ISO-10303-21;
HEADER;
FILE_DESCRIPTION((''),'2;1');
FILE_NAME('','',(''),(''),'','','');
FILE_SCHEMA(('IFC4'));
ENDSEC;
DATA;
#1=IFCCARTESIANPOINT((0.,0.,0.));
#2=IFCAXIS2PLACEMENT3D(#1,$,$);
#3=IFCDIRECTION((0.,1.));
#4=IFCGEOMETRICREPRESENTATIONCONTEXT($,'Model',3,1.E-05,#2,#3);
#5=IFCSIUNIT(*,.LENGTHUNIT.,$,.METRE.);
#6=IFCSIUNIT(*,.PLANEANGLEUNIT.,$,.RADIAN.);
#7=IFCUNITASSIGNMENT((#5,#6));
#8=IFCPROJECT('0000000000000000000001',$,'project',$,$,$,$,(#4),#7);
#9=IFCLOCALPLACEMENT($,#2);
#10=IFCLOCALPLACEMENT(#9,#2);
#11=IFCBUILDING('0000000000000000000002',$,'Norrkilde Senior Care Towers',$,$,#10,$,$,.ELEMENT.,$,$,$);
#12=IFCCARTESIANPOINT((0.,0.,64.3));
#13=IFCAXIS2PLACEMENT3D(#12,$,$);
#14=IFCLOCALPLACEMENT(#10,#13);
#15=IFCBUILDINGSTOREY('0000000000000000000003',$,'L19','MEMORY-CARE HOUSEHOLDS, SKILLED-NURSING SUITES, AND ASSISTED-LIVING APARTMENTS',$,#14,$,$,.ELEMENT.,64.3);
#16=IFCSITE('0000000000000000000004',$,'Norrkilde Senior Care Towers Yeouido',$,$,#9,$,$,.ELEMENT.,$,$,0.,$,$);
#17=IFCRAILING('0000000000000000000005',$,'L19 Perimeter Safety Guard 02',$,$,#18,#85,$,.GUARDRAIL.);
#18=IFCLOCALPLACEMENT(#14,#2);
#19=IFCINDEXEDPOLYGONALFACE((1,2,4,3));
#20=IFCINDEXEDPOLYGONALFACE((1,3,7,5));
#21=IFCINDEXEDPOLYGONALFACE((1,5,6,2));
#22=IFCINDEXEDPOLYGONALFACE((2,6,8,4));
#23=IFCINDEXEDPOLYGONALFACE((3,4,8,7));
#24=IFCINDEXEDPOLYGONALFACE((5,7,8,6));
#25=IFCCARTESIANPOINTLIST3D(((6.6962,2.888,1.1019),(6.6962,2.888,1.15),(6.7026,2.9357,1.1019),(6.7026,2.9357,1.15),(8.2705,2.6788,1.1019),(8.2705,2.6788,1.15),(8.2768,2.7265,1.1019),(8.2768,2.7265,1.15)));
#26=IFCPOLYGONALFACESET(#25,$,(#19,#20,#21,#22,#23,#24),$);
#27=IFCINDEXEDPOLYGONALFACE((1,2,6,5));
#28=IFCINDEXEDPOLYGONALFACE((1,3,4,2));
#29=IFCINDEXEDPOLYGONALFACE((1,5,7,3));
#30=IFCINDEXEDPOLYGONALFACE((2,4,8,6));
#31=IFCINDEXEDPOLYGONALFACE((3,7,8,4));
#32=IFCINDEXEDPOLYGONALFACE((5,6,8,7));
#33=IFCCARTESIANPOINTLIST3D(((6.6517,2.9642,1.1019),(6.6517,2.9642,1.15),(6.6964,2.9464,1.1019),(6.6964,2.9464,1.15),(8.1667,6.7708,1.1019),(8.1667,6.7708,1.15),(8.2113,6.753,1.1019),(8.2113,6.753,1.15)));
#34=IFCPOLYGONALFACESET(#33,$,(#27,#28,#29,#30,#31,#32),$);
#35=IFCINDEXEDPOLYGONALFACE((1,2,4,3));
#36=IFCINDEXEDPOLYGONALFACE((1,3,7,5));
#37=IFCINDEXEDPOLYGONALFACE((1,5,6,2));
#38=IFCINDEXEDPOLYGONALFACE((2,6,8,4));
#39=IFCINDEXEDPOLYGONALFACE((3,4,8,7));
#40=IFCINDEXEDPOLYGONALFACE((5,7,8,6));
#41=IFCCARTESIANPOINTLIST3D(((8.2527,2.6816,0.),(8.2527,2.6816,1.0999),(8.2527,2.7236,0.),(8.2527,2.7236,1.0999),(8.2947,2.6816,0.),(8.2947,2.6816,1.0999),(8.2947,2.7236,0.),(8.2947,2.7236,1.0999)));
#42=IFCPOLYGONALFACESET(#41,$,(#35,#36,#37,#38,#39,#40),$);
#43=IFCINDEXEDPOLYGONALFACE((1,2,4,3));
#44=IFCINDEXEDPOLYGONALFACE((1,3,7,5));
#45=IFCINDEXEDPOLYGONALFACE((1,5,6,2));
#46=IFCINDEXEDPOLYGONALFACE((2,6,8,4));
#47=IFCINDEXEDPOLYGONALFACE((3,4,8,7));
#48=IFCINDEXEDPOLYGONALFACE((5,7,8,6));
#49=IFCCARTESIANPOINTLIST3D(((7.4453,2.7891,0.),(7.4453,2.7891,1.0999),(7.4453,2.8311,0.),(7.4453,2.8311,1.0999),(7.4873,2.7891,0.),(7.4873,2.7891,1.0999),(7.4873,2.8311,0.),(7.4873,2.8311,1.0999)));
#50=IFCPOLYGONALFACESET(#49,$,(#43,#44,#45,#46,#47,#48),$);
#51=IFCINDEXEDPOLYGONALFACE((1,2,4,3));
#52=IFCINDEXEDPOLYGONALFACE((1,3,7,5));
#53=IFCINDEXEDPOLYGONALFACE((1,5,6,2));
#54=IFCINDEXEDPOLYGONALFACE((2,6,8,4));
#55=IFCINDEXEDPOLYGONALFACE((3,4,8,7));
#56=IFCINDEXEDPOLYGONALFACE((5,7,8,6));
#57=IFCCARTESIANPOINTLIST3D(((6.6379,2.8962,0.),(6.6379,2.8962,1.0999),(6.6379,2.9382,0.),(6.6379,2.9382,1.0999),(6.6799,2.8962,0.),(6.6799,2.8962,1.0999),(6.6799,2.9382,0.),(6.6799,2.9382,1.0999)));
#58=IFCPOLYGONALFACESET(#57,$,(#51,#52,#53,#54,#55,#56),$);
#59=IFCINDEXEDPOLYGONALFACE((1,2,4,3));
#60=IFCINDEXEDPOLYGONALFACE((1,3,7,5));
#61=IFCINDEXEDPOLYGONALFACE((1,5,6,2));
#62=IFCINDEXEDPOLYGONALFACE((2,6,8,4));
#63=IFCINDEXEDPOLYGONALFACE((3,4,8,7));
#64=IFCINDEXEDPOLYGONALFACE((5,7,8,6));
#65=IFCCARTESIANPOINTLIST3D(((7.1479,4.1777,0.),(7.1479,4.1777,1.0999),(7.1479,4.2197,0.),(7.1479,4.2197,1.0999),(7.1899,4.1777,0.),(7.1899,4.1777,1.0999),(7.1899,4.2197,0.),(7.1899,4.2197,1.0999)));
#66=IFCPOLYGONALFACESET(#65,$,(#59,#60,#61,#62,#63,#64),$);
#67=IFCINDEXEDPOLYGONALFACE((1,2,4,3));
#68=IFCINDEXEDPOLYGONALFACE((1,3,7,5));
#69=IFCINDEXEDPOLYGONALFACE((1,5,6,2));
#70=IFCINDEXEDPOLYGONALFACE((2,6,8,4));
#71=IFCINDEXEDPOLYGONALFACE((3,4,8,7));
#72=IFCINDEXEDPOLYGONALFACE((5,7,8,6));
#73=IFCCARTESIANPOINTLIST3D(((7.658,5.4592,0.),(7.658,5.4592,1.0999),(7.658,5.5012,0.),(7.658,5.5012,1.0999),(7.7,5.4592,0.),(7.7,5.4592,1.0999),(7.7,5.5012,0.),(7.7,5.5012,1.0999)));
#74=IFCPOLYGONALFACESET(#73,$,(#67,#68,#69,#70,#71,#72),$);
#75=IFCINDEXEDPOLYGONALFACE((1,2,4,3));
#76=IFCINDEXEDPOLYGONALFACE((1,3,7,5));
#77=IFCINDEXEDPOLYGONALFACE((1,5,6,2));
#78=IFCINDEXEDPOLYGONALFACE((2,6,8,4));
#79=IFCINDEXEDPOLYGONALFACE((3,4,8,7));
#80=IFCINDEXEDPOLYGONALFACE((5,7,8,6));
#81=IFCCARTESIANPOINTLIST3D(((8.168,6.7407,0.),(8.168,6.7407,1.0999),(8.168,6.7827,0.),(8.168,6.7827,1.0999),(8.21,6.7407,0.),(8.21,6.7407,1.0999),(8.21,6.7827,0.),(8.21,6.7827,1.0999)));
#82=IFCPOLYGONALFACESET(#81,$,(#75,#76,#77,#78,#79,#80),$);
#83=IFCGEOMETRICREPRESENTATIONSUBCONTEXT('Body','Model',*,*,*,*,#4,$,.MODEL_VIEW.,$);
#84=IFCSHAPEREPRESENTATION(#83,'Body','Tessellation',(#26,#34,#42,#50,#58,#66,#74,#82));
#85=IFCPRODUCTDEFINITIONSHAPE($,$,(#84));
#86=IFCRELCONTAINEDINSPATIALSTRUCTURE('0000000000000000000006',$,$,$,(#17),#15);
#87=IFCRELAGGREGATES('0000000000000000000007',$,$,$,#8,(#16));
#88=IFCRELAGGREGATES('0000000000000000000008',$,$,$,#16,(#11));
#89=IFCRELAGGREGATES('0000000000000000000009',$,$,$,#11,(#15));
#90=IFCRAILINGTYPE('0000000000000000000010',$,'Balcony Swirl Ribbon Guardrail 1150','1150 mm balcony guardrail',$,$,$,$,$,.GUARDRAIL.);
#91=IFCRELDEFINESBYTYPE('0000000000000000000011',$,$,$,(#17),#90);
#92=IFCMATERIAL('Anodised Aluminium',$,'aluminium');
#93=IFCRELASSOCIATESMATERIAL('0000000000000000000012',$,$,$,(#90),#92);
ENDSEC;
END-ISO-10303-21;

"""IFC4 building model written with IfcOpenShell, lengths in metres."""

from ifc_helpers import new_model, si_unit, direction, frame, origin, origin_2d, place, context, subcontext, project, spatial, rectangle, extrude, material, type_object, element, save


model = new_model("IFC4")

# Units and contexts
model_context = context("Model", 3, precision=1e-05, world=origin(), true_north=direction((0.0, 1.0)))
body_context = subcontext(model_context, "Body", "Model", "MODEL_VIEW")
ifc_project = project(units=[si_unit("LENGTHUNIT", "METRE"), si_unit("PLANEANGLEUNIT", "RADIAN")], contexts=[model_context])

# Site, building, storey
site_placement = place(None, origin())
site = spatial("IfcSite", under=ifc_project, at=site_placement, Name="Norrkilde Senior Care Towers Yeouido", CompositionType="ELEMENT", RefElevation=0.0)
building_placement = place(site_placement, origin())
building = spatial("IfcBuilding", under=site, at=building_placement, Name="Norrkilde Senior Care Towers", CompositionType="ELEMENT")
storey_placement = place(building_placement, frame((0.0, 0.0, 64.3)))
storey = spatial("IfcBuildingStorey", under=building, at=storey_placement, Name="L19", Description="MEMORY-CARE HOUSEHOLDS, SKILLED-NURSING SUITES, AND ASSISTED-LIVING APARTMENTS", CompositionType="ELEMENT", Elevation=64.3)

# Shared definitions
ifc_material_1 = material(Name="Anodised Aluminium", Category="aluminium")

# Railing
railing_type = type_object("IfcRailingType", Name="Balcony Swirl Ribbon Guardrail 1150", Description="1150 mm balcony guardrail", PredefinedType="GUARDRAIL", material=ifc_material_1)
railing_1_placement = place(storey_placement, frame((8.2737, 2.7026, 0.0)))
element("IfcRailing", 1, at=railing_1_placement, inside=storey, type_object=railing_type, Name="L19 Perimeter Safety Guard 02", PredefinedType="GUARDRAIL", context=body_context, shape_type="SweptSolid", body=[
    extrude(rectangle(XDim=0.0481, YDim=0.0481, at=origin_2d()), frame((0.0, 0.0, 1.126), z_axis=(-0.991284, 0.131742, 0.0), x_axis=(-0.131742, -0.991284, 0.0)), (0.0, 0.0, 1.0), 1.5881),
    extrude(rectangle(XDim=0.0481, YDim=0.0481, at=origin_2d()), frame((-1.5996, 0.2527, 1.126), z_axis=(0.369773, 0.929122, 0.0), x_axis=(-0.929122, 0.369773, 0.0)), (0.0, 0.0, 1.0), 4.0969),
    extrude(rectangle(XDim=0.042, YDim=0.042, at=origin_2d()), origin(), (0.0, 0.0, 1.0), 1.0999),
    extrude(rectangle(XDim=0.042, YDim=0.042, at=origin_2d()), frame((-0.8074, 0.1074, 0.0)), (0.0, 0.0, 1.0), 1.0999),
    extrude(rectangle(XDim=0.042, YDim=0.042, at=origin_2d()), frame((-1.6147, 0.2146, 0.0)), (0.0, 0.0, 1.0), 1.0999),
    extrude(rectangle(XDim=0.042, YDim=0.042, at=origin_2d()), frame((-1.1047, 1.4961, 0.0)), (0.0, 0.0, 1.0), 1.0999),
    extrude(rectangle(XDim=0.042, YDim=0.042, at=origin_2d()), frame((-0.5947, 2.7776, 0.0)), (0.0, 0.0, 1.0), 1.0999),
    extrude(rectangle(XDim=0.042, YDim=0.042, at=origin_2d()), frame((-0.0847, 4.0591, 0.0)), (0.0, 0.0, 1.0), 1.0999),
])

save(model, "model.ifc")
